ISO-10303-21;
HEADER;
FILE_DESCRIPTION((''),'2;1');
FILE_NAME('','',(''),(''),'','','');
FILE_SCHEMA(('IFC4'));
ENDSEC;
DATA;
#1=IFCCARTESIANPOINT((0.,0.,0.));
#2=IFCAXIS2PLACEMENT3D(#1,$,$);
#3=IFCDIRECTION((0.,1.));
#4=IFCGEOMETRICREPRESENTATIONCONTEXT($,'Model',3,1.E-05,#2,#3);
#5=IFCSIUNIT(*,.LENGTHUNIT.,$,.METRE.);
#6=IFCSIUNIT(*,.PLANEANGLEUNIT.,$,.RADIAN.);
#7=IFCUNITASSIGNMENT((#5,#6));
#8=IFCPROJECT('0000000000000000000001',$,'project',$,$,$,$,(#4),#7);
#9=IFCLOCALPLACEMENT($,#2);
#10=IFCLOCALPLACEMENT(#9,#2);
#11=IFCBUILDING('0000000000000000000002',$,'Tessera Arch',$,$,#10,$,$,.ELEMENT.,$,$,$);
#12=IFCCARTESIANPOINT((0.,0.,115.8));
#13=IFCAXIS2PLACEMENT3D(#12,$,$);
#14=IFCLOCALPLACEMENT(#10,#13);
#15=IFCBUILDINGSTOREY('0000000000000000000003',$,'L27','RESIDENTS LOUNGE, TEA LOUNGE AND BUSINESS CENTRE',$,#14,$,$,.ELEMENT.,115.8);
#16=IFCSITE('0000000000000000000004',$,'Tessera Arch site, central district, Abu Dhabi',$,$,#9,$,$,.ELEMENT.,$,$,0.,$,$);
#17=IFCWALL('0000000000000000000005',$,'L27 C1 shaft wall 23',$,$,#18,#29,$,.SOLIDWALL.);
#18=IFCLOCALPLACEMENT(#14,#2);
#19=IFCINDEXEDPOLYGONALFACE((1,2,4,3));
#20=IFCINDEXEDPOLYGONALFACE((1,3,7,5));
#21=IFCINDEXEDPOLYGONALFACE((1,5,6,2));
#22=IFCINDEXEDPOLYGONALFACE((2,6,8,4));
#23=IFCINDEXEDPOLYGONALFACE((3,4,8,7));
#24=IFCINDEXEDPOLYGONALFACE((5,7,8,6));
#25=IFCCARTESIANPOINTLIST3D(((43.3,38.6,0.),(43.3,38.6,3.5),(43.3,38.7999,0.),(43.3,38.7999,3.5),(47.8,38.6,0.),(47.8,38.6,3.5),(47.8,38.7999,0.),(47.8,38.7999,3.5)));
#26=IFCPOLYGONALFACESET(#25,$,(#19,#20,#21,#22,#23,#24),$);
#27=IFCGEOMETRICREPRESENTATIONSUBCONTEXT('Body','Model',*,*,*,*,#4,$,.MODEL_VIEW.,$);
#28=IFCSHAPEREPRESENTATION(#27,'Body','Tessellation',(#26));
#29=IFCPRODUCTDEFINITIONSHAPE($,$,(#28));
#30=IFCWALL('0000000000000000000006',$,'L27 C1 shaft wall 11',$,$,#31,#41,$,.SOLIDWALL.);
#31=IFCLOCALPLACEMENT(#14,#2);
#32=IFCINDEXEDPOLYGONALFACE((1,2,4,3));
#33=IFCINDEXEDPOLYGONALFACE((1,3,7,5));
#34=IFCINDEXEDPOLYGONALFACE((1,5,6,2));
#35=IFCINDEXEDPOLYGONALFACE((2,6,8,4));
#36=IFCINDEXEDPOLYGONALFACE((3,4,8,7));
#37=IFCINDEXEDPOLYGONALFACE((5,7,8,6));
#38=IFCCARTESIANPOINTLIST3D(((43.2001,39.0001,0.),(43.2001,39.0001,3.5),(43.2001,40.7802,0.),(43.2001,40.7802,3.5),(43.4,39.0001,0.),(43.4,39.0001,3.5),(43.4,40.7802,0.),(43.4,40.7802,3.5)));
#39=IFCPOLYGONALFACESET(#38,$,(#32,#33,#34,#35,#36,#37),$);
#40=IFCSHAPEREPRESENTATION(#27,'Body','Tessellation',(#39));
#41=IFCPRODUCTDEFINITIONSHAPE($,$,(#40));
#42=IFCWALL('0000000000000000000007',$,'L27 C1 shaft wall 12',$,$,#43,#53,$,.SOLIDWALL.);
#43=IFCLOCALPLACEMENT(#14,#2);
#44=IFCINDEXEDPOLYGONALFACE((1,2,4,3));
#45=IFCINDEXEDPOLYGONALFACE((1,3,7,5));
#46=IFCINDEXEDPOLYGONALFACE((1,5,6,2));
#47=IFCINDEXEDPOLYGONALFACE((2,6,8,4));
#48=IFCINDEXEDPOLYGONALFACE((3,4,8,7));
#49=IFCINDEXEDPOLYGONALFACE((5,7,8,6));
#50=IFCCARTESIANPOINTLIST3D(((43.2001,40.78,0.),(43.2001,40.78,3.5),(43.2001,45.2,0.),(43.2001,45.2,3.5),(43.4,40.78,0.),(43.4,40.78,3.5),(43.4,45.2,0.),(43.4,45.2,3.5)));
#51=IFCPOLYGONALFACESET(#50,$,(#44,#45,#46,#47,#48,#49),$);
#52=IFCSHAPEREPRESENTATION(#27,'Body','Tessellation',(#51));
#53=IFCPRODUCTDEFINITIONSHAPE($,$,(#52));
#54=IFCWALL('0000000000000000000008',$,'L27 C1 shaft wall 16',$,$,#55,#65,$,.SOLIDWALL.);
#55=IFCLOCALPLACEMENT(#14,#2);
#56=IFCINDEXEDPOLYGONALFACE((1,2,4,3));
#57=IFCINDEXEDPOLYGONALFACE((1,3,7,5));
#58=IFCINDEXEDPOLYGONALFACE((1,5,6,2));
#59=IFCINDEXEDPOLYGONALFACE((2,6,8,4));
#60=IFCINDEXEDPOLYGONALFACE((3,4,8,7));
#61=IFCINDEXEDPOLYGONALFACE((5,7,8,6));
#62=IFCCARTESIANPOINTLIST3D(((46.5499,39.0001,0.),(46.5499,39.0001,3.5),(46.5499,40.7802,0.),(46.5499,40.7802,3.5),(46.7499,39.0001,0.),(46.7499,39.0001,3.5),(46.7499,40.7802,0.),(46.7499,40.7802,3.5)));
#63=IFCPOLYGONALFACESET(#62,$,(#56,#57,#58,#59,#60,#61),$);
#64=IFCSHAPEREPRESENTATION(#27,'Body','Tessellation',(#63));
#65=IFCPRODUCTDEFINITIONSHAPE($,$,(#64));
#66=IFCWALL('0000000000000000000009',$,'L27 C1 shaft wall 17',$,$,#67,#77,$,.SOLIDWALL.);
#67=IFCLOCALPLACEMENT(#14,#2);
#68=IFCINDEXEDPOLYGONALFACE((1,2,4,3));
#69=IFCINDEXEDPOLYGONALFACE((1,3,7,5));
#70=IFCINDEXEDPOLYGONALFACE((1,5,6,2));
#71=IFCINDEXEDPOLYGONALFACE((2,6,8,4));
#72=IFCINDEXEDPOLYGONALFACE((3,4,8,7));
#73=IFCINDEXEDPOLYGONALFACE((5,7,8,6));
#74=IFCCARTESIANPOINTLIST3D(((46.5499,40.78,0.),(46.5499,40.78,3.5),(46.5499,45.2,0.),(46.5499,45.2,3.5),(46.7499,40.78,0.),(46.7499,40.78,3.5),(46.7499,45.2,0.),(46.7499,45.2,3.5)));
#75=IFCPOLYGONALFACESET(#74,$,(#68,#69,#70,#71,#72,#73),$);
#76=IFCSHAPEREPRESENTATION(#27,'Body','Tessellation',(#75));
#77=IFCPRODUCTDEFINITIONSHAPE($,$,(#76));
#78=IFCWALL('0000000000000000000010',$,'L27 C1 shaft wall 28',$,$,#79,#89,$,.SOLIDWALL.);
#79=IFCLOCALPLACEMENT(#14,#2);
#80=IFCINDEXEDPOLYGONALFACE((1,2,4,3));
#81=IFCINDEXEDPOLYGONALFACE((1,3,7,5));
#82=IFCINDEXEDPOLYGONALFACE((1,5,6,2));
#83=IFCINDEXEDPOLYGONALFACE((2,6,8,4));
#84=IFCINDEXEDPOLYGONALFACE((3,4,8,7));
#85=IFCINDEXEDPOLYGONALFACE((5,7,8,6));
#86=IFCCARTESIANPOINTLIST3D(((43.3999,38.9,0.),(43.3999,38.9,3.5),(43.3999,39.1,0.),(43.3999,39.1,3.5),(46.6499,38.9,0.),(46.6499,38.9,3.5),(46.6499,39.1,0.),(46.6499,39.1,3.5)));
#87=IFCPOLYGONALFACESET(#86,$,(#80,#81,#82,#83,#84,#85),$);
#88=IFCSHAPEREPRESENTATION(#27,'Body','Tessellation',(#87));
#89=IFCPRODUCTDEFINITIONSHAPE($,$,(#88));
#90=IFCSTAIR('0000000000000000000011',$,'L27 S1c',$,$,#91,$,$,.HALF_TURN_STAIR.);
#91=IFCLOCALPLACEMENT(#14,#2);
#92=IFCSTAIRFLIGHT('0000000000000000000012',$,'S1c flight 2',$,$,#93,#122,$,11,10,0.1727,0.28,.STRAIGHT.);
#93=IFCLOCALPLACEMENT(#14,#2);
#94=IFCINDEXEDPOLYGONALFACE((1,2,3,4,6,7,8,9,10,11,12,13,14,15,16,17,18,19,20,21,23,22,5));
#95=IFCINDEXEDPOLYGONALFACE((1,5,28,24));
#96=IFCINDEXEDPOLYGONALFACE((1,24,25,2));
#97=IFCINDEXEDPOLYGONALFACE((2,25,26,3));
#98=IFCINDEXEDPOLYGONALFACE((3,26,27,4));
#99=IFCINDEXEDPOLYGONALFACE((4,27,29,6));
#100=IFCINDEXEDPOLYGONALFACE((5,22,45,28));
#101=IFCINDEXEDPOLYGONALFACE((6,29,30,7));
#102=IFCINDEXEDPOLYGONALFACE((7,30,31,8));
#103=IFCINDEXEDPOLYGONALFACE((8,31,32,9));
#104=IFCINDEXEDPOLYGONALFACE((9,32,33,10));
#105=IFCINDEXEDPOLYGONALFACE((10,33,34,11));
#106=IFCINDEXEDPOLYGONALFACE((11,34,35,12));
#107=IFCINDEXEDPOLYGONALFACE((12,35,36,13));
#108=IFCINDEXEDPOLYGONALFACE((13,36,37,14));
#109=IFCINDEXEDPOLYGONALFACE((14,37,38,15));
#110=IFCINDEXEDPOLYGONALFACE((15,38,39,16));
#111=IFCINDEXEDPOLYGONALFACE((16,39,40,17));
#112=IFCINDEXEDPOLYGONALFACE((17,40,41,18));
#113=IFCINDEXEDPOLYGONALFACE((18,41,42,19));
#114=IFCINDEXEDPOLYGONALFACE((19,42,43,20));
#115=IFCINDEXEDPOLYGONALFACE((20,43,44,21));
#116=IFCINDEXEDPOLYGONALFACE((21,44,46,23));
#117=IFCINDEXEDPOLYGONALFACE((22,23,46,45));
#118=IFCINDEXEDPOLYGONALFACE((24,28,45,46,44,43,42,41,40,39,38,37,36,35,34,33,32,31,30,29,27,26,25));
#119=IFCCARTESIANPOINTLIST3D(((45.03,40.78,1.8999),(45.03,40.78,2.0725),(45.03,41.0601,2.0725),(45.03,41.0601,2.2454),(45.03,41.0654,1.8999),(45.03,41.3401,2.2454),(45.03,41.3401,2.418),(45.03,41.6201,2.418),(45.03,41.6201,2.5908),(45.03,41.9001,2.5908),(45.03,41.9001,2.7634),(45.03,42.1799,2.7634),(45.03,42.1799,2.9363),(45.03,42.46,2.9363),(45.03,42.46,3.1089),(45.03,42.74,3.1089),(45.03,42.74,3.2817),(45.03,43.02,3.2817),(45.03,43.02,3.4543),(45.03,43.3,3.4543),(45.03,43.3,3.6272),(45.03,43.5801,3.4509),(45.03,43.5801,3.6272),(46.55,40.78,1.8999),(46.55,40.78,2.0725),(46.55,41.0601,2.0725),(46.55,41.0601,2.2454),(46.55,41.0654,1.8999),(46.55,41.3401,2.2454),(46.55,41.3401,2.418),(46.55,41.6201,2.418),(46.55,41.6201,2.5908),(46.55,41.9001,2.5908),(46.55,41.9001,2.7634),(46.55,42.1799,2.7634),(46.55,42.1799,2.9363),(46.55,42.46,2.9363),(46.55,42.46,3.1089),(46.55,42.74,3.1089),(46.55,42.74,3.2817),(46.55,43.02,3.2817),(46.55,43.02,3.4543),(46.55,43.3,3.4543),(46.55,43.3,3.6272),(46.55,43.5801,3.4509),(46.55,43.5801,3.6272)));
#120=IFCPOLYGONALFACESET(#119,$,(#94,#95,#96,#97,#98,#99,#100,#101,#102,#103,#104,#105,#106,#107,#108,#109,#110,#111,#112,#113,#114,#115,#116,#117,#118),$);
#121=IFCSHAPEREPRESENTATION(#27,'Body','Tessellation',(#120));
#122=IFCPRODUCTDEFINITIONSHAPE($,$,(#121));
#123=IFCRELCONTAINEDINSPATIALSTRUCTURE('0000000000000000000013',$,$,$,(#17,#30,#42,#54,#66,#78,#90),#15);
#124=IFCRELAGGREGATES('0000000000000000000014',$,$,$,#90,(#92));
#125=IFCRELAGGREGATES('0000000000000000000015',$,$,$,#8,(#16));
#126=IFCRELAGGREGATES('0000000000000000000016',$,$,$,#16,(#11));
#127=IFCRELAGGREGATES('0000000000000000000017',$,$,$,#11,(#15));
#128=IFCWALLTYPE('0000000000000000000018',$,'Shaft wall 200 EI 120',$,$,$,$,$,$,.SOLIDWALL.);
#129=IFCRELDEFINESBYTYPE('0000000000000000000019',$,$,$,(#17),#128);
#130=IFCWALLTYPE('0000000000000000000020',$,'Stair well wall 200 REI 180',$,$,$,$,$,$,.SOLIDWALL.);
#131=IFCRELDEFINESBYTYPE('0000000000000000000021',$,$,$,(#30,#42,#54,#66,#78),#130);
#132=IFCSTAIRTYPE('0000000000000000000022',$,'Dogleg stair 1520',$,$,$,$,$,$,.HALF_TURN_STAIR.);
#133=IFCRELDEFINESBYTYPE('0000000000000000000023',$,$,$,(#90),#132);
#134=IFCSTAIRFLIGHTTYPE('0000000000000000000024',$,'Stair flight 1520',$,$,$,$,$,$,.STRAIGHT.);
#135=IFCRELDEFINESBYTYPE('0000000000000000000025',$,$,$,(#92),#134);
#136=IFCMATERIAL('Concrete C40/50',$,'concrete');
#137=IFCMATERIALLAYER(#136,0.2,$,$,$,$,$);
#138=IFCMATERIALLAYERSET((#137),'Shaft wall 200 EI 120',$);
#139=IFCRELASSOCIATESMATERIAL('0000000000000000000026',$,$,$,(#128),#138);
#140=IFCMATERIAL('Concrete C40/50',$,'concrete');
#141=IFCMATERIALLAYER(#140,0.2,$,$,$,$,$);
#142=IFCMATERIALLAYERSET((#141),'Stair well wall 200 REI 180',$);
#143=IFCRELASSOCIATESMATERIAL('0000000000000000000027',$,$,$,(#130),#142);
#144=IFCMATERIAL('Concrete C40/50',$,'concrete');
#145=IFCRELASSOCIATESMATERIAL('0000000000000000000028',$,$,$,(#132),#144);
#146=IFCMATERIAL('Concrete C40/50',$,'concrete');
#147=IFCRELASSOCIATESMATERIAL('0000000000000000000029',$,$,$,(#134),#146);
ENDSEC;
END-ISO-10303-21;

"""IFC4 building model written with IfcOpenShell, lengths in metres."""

from ifc_helpers import new_model, si_unit, direction, frame, frame_2d, origin, place, context, subcontext, project, spatial, polyline, rectangle, outline, extrude, material, layer, layer_set, type_object, element, aggregate, save


model = new_model("IFC4")

# Units and contexts
model_context = context("Model", 3, precision=1e-05, world=origin(), true_north=direction((0.0, 1.0)))
body_context = subcontext(model_context, "Body", "Model", "MODEL_VIEW")
ifc_project = project(units=[si_unit("LENGTHUNIT", "METRE"), si_unit("PLANEANGLEUNIT", "RADIAN")], contexts=[model_context])

# Site, building, storey
site_placement = place(None, origin())
site = spatial("IfcSite", under=ifc_project, at=site_placement, Name="Tessera Arch site, central district, Abu Dhabi", CompositionType="ELEMENT", RefElevation=0.0)
building_placement = place(site_placement, origin())
building = spatial("IfcBuilding", under=site, at=building_placement, Name="Tessera Arch", CompositionType="ELEMENT")
storey_placement = place(building_placement, frame((0.0, 0.0, 115.8)))
storey = spatial("IfcBuildingStorey", under=building, at=storey_placement, Name="L27", Description="RESIDENTS LOUNGE, TEA LOUNGE AND BUSINESS CENTRE", CompositionType="ELEMENT", Elevation=115.8)

# Shared definitions
ifc_material_1 = material(Name="Concrete C40/50", Category="concrete")
ifc_layer_1 = layer(ifc_material_1, 0.2)
ifc_layer_set_1 = layer_set([ifc_layer_1], Name="Shaft wall 200 EI 120")
wall_type_1 = type_object("IfcWallType", Name="Shaft wall 200 EI 120", PredefinedType="SOLIDWALL", material=ifc_layer_set_1)

# Walls
wall_1_placement = place(storey_placement, frame((43.3, 38.7, 0.0), z_axis=(0.0, 0.0, 1.0), x_axis=(1.0, 0.0, 0.0)))
element("IfcWall", 1, at=wall_1_placement, inside=storey, type_object=wall_type_1, Name="L27 C1 shaft wall 23", PredefinedType="SOLIDWALL", context=body_context, shape_type="SweptSolid", body=[
    extrude(rectangle(XDim=4.5, YDim=0.2, at=frame_2d((2.25, 0.0))), origin(), (0.0, 0.0, 1.0), 3.5),
])
ifc_material_2 = material(Name="Concrete C40/50", Category="concrete")
ifc_layer_2 = layer(ifc_material_2, 0.2)
ifc_layer_set_2 = layer_set([ifc_layer_2], Name="Stair well wall 200 REI 180")
wall_type_2 = type_object("IfcWallType", Name="Stair well wall 200 REI 180", PredefinedType="SOLIDWALL", material=ifc_layer_set_2)
wall_2_placement = place(storey_placement, frame((43.3, 39.0, 0.0), z_axis=(0.0, 0.0, 1.0), x_axis=(0.0, 1.0, 0.0)))
element("IfcWall", 2, at=wall_2_placement, inside=storey, type_object=wall_type_2, Name="L27 C1 shaft wall 11", PredefinedType="SOLIDWALL", context=body_context, shape_type="SweptSolid", body=[
    extrude(rectangle(XDim=1.78, YDim=0.2, at=frame_2d((0.8901, 0.0))), origin(), (0.0, 0.0, 1.0), 3.5),
])
wall_3_placement = place(storey_placement, frame((43.3, 40.78, 0.0), z_axis=(0.0, 0.0, 1.0), x_axis=(0.0, 1.0, 0.0)))
element("IfcWall", 3, at=wall_3_placement, inside=storey, type_object=wall_type_2, Name="L27 C1 shaft wall 12", PredefinedType="SOLIDWALL", context=body_context, shape_type="SweptSolid", body=[
    extrude(rectangle(XDim=4.4199, YDim=0.2, at=frame_2d((2.21, 0.0))), origin(), (0.0, 0.0, 1.0), 3.5),
])
wall_4_placement = place(storey_placement, frame((46.6499, 39.0, 0.0), z_axis=(0.0, 0.0, 1.0), x_axis=(0.0, 1.0, 0.0)))
element("IfcWall", 4, at=wall_4_placement, inside=storey, type_object=wall_type_2, Name="L27 C1 shaft wall 16", PredefinedType="SOLIDWALL", context=body_context, shape_type="SweptSolid", body=[
    extrude(rectangle(XDim=1.78, YDim=0.2, at=frame_2d((0.8901, 0.0))), origin(), (0.0, 0.0, 1.0), 3.5),
])
wall_5_placement = place(storey_placement, frame((46.6499, 40.78, 0.0), z_axis=(0.0, 0.0, 1.0), x_axis=(0.0, 1.0, 0.0)))
element("IfcWall", 5, at=wall_5_placement, inside=storey, type_object=wall_type_2, Name="L27 C1 shaft wall 17", PredefinedType="SOLIDWALL", context=body_context, shape_type="SweptSolid", body=[
    extrude(rectangle(XDim=4.4199, YDim=0.2, at=frame_2d((2.21, 0.0))), origin(), (0.0, 0.0, 1.0), 3.5),
])
wall_6_placement = place(storey_placement, frame((43.3999, 39.0, 0.0), z_axis=(0.0, 0.0, 1.0), x_axis=(1.0, 0.0, 0.0)))
element("IfcWall", 6, at=wall_6_placement, inside=storey, type_object=wall_type_2, Name="L27 C1 shaft wall 28", PredefinedType="SOLIDWALL", context=body_context, shape_type="SweptSolid", body=[
    extrude(rectangle(XDim=3.25, YDim=0.2, at=frame_2d((1.625, 0.0))), origin(), (0.0, 0.0, 1.0), 3.5),
])

# Stair, stair flight
ifc_material_3 = material(Name="Concrete C40/50", Category="concrete")
stair_type = type_object("IfcStairType", Name="Dogleg stair 1520", PredefinedType="HALF_TURN_STAIR", material=ifc_material_3)
stair_placement = place(storey_placement, origin())
stair = element("IfcStair", 7, at=stair_placement, inside=storey, type_object=stair_type, Name="L27 S1c", PredefinedType="HALF_TURN_STAIR")
ifc_material_4 = material(Name="Concrete C40/50", Category="concrete")
stair_flight_type = type_object("IfcStairFlightType", Name="Stair flight 1520", PredefinedType="STRAIGHT", material=ifc_material_4)
stair_flight_placement = place(storey_placement, frame((45.79, 40.78, 1.8999), z_axis=(0.0, 0.0, 1.0), x_axis=(0.0, 1.0, 0.0)))
stair_flight = element("IfcStairFlight", 8, at=stair_flight_placement, type_object=stair_flight_type, Name="S1c flight 2", NumberOfRisers=11, NumberOfTreads=10, PredefinedType="STRAIGHT", RiserHeight=0.1727, TreadLength=0.28, context=body_context, shape_type="SweptSolid", body=[
    extrude(outline(polyline([(0.0, 0.0), (0.0, 0.1726), (0.28, 0.1726), (0.28, 0.3455), (0.5601, 0.3455), (0.5601, 0.5181), (0.8401, 0.5181), (0.8401, 0.6909), (1.1201, 0.6909), (1.1201, 0.8635), (1.3999, 0.8635), (1.3999, 1.0364), (1.6799, 1.0364), (1.6799, 1.209), (1.96, 1.209), (1.96, 1.3818), (2.24, 1.3818), (2.24, 1.5544), (2.52, 1.5544), (2.52, 1.7273), (2.8, 1.7273), (2.8, 1.8999), (2.8, 1.551), (0.2854, 0.0), (0.0, 0.0)])), frame((0.0, 0.76, 0.0), z_axis=(0.0, -1.0, 0.0), x_axis=(1.0, 0.0, 0.0)), (0.0, 0.0, 1.0), 1.52),
])
aggregate(stair, [stair_flight])

save(model, "model.ifc")
